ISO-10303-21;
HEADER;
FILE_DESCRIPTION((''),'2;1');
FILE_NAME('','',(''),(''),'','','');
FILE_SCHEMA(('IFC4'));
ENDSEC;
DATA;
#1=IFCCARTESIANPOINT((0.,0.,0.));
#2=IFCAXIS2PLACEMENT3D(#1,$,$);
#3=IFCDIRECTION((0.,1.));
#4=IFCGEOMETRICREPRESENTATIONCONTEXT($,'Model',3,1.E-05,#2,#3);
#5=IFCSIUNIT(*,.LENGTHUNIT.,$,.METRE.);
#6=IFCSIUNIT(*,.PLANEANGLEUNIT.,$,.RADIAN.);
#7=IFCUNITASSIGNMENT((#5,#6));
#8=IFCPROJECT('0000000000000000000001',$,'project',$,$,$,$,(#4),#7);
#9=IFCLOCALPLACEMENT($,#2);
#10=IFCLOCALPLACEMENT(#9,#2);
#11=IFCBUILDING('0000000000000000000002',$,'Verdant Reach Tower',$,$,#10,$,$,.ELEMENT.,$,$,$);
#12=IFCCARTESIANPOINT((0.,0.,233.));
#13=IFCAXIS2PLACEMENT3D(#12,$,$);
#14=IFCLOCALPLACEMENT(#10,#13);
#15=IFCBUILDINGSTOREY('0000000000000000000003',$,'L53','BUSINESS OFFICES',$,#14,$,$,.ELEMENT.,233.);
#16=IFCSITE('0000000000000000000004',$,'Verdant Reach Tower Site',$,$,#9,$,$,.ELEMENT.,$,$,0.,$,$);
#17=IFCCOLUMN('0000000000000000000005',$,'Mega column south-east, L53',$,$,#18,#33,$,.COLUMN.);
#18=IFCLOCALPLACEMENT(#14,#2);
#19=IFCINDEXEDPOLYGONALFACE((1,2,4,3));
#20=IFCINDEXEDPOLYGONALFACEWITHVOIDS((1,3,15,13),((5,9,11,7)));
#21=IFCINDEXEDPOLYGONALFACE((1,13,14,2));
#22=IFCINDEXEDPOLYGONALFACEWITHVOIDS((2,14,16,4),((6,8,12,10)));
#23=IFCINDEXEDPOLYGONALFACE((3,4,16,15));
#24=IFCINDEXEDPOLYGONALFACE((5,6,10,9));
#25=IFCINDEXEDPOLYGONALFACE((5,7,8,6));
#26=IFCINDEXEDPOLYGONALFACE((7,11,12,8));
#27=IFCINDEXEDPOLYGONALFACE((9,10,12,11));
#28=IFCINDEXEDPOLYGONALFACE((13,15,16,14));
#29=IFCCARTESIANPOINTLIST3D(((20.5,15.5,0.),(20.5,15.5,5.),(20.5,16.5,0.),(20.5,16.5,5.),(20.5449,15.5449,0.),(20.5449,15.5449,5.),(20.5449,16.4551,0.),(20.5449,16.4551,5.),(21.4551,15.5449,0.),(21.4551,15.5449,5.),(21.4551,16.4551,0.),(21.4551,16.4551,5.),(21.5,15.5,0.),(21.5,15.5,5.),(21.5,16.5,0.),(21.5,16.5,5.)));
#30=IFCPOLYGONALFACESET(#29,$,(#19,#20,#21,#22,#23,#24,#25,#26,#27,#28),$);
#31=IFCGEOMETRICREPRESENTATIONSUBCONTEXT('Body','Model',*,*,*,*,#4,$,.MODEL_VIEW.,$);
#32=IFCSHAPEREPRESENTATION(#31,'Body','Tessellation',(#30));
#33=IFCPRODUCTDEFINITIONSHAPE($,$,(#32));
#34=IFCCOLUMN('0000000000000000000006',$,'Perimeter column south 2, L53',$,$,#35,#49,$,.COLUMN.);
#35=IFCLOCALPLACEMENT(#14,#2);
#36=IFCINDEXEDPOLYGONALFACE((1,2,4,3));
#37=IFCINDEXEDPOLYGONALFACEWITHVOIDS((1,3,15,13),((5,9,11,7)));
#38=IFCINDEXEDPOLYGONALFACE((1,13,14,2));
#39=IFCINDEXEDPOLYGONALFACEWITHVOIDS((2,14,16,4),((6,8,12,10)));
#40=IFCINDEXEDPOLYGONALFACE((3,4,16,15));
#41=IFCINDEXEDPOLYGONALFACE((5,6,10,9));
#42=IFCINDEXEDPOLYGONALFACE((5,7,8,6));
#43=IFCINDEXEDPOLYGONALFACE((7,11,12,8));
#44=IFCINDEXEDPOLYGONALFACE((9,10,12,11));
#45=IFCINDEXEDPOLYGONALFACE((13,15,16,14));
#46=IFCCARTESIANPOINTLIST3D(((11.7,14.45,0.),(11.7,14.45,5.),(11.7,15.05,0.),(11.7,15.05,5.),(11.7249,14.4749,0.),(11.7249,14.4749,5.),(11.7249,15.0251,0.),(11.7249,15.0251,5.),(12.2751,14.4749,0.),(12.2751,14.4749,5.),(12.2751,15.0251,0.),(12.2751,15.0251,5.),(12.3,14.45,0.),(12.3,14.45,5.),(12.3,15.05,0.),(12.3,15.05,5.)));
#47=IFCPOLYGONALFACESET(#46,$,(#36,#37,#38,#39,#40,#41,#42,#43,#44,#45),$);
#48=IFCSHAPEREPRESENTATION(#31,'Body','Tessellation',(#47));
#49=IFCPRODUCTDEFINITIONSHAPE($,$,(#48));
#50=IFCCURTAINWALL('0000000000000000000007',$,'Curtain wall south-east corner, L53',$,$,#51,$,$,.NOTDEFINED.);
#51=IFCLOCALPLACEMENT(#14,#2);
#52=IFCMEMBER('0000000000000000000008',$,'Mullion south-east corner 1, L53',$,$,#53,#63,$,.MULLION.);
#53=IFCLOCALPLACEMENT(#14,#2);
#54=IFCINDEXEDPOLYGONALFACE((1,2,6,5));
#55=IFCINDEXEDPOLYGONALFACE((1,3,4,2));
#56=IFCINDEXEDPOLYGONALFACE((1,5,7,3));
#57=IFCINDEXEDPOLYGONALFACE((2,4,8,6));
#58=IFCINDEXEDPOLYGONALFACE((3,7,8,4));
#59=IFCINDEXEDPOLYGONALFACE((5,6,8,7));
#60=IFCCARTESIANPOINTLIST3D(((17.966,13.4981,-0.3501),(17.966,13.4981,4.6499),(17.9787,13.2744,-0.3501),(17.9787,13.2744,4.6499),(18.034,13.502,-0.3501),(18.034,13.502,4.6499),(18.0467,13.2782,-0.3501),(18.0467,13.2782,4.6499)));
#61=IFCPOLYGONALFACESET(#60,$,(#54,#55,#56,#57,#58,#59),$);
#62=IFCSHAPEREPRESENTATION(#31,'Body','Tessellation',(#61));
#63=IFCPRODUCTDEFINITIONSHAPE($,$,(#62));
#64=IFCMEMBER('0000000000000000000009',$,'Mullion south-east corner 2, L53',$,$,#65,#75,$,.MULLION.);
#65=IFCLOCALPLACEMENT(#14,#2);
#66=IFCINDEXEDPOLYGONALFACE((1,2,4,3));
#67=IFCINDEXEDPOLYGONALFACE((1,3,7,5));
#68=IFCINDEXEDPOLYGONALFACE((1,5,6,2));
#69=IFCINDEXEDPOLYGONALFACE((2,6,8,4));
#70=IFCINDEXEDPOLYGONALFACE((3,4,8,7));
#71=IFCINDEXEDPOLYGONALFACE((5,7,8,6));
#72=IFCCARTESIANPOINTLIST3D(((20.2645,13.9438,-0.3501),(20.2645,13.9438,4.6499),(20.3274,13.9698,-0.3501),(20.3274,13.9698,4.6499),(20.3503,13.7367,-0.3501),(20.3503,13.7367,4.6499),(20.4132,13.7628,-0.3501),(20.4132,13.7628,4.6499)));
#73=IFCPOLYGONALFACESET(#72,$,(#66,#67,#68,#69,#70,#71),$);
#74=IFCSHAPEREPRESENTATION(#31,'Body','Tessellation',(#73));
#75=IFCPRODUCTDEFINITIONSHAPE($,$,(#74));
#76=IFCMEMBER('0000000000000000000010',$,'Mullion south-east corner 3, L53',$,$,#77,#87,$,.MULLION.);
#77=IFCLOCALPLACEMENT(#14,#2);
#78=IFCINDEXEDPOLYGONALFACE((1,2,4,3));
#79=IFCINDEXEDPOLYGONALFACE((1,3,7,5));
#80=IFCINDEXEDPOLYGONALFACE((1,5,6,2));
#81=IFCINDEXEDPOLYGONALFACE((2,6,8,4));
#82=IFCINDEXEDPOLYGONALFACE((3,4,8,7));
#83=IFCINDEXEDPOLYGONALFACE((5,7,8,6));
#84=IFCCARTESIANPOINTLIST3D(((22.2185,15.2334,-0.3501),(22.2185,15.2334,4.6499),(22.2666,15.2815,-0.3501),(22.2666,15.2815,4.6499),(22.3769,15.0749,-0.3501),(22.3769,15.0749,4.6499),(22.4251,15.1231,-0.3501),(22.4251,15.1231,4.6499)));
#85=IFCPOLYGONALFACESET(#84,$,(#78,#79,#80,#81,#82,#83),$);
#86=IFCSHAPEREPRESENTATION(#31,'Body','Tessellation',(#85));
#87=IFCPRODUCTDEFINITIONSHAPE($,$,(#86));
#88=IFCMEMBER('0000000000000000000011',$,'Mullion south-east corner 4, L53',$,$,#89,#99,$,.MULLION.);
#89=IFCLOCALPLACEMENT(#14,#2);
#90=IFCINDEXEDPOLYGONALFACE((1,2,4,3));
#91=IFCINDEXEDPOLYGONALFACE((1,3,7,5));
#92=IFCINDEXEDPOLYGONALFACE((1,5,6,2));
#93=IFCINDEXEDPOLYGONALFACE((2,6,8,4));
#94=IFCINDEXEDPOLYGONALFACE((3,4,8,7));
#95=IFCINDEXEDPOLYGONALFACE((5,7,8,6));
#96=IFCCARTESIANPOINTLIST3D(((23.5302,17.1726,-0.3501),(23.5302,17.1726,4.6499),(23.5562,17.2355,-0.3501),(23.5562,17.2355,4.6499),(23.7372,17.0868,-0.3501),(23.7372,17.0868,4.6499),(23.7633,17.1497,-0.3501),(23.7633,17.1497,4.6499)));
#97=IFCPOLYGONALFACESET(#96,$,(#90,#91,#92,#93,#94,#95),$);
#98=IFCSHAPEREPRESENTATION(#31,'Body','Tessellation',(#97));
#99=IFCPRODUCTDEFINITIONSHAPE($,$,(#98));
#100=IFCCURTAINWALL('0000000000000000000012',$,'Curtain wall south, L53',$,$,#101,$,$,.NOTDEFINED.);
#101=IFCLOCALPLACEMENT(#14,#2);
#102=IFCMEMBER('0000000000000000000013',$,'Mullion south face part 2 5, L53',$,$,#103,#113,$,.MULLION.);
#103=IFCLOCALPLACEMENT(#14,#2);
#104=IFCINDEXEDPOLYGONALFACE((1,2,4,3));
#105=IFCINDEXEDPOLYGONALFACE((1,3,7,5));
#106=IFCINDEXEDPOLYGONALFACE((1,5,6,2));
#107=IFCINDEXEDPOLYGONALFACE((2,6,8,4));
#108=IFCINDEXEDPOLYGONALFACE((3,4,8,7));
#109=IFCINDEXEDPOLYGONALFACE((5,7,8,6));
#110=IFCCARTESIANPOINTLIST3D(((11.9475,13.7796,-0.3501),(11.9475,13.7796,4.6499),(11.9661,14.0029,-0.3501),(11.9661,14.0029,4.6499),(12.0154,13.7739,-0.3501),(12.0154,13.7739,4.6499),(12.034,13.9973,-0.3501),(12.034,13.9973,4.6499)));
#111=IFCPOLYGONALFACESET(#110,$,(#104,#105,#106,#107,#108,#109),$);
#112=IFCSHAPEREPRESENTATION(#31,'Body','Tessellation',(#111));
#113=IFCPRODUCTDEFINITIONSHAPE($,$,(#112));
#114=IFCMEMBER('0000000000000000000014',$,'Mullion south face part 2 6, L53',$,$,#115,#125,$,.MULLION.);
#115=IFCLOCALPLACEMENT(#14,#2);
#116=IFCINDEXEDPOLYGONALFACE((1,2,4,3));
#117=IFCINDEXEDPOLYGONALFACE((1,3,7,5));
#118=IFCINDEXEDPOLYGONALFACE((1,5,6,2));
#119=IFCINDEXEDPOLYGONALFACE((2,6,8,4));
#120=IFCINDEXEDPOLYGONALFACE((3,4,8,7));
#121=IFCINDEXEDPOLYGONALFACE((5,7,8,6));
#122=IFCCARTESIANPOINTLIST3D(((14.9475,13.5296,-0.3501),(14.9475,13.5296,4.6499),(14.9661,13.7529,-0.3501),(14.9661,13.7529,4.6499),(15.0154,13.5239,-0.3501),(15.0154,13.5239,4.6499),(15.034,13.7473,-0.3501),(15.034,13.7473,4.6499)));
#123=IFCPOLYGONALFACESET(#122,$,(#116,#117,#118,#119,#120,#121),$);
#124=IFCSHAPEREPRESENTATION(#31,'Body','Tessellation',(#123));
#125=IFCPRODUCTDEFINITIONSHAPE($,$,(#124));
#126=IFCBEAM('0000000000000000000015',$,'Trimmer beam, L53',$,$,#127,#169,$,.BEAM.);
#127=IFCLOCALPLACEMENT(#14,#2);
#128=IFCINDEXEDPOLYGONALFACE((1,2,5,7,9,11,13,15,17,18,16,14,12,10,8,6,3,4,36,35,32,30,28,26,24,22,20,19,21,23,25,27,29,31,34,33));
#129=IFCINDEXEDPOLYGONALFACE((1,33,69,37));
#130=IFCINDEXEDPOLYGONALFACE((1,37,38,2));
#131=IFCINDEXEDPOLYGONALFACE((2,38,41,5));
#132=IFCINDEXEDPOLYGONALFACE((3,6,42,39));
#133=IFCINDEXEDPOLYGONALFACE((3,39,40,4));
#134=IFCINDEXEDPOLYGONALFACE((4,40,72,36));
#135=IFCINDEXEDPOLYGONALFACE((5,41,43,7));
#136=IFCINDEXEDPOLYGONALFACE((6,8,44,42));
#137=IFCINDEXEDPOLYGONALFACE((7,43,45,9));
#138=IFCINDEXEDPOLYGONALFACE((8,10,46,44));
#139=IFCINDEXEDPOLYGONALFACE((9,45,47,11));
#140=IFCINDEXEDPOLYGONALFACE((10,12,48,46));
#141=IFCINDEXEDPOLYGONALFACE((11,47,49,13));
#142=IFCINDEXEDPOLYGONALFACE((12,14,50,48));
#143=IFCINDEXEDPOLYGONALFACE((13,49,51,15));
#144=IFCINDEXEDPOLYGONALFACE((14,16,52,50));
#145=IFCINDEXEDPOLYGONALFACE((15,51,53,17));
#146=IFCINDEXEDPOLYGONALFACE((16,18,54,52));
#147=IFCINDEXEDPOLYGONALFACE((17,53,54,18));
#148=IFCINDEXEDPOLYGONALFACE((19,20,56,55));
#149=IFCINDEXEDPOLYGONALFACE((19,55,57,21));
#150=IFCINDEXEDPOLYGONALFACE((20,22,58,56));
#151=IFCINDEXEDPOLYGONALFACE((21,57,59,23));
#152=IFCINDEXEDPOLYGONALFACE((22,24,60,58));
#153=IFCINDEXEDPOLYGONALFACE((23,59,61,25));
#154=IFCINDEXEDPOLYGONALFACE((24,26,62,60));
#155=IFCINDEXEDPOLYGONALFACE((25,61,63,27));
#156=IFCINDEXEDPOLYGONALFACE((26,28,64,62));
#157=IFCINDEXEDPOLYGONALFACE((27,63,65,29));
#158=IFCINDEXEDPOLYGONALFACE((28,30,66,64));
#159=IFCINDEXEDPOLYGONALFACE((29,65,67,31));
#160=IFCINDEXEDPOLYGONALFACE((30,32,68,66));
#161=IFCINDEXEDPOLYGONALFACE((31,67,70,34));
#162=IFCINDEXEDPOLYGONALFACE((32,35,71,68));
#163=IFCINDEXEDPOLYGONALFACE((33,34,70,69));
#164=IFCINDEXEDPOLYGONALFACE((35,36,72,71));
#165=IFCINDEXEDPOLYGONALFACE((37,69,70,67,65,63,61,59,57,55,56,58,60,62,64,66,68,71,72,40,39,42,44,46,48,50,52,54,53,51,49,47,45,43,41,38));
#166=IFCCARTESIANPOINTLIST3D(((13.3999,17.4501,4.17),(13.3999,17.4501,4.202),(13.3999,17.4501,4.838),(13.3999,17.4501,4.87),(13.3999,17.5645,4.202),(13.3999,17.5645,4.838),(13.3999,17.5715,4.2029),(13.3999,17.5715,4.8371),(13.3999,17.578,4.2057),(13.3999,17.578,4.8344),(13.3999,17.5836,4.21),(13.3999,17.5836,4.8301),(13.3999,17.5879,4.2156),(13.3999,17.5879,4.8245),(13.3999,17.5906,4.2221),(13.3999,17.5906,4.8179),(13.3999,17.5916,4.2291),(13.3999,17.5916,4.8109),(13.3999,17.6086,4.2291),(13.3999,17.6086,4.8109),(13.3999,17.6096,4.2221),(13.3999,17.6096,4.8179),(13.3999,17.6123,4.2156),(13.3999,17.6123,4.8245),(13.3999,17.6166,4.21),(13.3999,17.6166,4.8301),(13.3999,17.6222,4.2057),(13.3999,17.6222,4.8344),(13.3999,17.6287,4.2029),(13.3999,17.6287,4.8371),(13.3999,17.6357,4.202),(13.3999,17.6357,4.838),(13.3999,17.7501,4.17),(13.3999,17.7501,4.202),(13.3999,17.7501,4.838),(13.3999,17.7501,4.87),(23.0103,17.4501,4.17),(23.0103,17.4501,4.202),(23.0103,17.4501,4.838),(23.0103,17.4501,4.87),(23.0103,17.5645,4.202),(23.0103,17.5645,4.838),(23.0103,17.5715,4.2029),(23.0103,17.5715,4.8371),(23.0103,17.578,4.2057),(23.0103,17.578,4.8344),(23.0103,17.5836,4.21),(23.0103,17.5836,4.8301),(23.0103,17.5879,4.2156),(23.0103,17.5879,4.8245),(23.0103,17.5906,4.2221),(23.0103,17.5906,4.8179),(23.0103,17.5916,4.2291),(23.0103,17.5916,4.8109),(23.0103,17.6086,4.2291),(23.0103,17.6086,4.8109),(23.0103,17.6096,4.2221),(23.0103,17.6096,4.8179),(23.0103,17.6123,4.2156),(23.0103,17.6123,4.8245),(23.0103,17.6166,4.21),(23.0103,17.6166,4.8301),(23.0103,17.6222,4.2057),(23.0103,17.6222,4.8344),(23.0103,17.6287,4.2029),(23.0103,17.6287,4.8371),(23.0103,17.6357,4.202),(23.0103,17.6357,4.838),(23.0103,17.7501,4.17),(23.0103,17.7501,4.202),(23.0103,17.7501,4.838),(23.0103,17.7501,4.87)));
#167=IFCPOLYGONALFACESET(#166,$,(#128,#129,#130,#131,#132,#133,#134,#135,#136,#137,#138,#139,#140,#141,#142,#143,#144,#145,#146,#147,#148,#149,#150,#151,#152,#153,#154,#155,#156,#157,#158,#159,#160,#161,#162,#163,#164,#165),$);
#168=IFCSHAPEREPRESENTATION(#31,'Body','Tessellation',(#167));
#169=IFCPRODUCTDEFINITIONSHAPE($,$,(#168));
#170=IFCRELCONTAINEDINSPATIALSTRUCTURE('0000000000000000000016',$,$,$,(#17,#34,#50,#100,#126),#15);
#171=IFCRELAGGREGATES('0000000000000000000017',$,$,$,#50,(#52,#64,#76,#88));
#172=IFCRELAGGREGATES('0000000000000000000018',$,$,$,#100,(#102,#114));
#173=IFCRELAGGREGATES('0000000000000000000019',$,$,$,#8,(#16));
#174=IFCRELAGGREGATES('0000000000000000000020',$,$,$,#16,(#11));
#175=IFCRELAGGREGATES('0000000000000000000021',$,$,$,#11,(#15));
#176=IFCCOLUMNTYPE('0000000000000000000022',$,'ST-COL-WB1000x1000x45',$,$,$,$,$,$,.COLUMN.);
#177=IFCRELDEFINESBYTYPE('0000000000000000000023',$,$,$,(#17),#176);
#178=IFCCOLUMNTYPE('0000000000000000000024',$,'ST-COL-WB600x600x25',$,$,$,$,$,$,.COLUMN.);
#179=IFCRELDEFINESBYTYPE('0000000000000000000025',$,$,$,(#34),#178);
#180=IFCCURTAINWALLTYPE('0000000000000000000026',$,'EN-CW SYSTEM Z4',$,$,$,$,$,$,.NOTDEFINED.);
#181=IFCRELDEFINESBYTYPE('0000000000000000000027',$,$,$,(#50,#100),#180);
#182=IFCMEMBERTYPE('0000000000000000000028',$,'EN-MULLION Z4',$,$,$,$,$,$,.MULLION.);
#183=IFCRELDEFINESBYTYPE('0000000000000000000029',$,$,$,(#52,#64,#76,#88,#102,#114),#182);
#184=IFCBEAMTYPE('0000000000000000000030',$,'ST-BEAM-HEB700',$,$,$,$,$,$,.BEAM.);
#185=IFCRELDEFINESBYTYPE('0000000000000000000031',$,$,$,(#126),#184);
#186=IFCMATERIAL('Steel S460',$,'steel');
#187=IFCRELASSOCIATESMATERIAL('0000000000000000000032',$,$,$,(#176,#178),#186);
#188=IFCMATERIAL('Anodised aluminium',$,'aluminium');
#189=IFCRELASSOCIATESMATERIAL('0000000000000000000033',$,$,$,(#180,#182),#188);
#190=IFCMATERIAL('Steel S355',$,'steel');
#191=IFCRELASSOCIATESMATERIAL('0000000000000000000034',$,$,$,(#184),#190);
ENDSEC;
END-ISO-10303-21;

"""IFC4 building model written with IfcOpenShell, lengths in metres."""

from ifc_helpers import new_model, si_unit, direction, frame, origin, origin_2d, place, context, subcontext, project, spatial, rectangle, hollow_rectangle, i_section, extrude, material, material_profile, profile_set, type_object, element, aggregate, save


model = new_model("IFC4")

# Units and contexts
model_context = context("Model", 3, precision=1e-05, world=origin(), true_north=direction((0.0, 1.0)))
body_context = subcontext(model_context, "Body", "Model", "MODEL_VIEW")
ifc_project = project(units=[si_unit("LENGTHUNIT", "METRE"), si_unit("PLANEANGLEUNIT", "RADIAN")], contexts=[model_context])

# Site, building, storey
site_placement = place(None, origin())
site = spatial("IfcSite", under=ifc_project, at=site_placement, Name="Verdant Reach Tower Site", CompositionType="ELEMENT", RefElevation=0.0)
building_placement = place(site_placement, origin())
building = spatial("IfcBuilding", under=site, at=building_placement, Name="Verdant Reach Tower", CompositionType="ELEMENT")
storey_placement = place(building_placement, frame((0.0, 0.0, 233.0)))
storey = spatial("IfcBuildingStorey", under=building, at=storey_placement, Name="L53", Description="BUSINESS OFFICES", CompositionType="ELEMENT", Elevation=233.0)

# Columns
ifc_material_1 = material(Name="Steel S460", Category="steel")
ifc_material_profile_1 = material_profile(ifc_material_1, hollow_rectangle(XDim=1.0, YDim=1.0, WallThickness=0.0449, at=origin_2d()), Name="WB 1000x1000x45")
ifc_profile_set_1 = profile_set([ifc_material_profile_1], Name="Steel S460")
column_type_1 = type_object("IfcColumnType", Name="ST-COL-WB1000x1000x45", PredefinedType="COLUMN", material=ifc_profile_set_1)
column_1_placement = place(storey_placement, frame((21.0, 16.0, 0.0), z_axis=(0.0, 0.0, 1.0), x_axis=(1.0, 0.0, 0.0)))
element("IfcColumn", 1, at=column_1_placement, inside=storey, type_object=column_type_1, Name="Mega column south-east, L53", PredefinedType="COLUMN", context=body_context, shape_type="SweptSolid", body=[
    extrude(hollow_rectangle(XDim=1.0, YDim=1.0, WallThickness=0.0449, at=origin_2d()), origin(), (0.0, 0.0, 1.0), 5.0),
])
ifc_material_profile_2 = material_profile(ifc_material_1, hollow_rectangle(XDim=0.6001, YDim=0.6001, WallThickness=0.0249, at=origin_2d()), Name="WB 600x600x25")
ifc_profile_set_2 = profile_set([ifc_material_profile_2], Name="Steel S460")
column_type_2 = type_object("IfcColumnType", Name="ST-COL-WB600x600x25", PredefinedType="COLUMN", material=ifc_profile_set_2)
column_2_placement = place(storey_placement, frame((12.0, 14.75, 0.0), z_axis=(0.0, 0.0, 1.0), x_axis=(1.0, 0.0, 0.0)))
element("IfcColumn", 2, at=column_2_placement, inside=storey, type_object=column_type_2, Name="Perimeter column south 2, L53", PredefinedType="COLUMN", context=body_context, shape_type="SweptSolid", body=[
    extrude(hollow_rectangle(XDim=0.6001, YDim=0.6001, WallThickness=0.0249, at=origin_2d()), origin(), (0.0, 0.0, 1.0), 5.0),
])

# Curtain walls, members
ifc_material_2 = material(Name="Anodised aluminium", Category="aluminium")
curtain_wall_type = type_object("IfcCurtainWallType", Name="EN-CW SYSTEM Z4", PredefinedType="NOTDEFINED", material=ifc_material_2)
curtain_wall_1_placement = place(storey_placement, origin())
curtain_wall_1 = element("IfcCurtainWall", 3, at=curtain_wall_1_placement, inside=storey, type_object=curtain_wall_type, Name="Curtain wall south-east corner, L53", PredefinedType="NOTDEFINED")
ifc_material_profile_3 = material_profile(ifc_material_2, rectangle(XDim=0.2241, YDim=0.0681, at=origin_2d()), Name="Mullion 68x224")
ifc_profile_set_3 = profile_set([ifc_material_profile_3], Name="Anodised aluminium")
member_type = type_object("IfcMemberType", Name="EN-MULLION Z4", PredefinedType="MULLION", material=ifc_profile_set_3)
member_1_placement = place(storey_placement, frame((18.0063, 13.3882, -0.3501), z_axis=(0.0, 0.0, 1.0), x_axis=(0.056569, -0.998399, 0.0)))
member_1 = element("IfcMember", 4, at=member_1_placement, type_object=member_type, Name="Mullion south-east corner 1, L53", PredefinedType="MULLION", context=body_context, shape_type="SweptSolid", body=[
    extrude(rectangle(XDim=0.2241, YDim=0.0681, at=origin_2d()), origin(), (0.0, 0.0, 1.0), 5.0),
])
member_2_placement = place(storey_placement, frame((20.3389, 13.8533, -0.3501), z_axis=(0.0, 0.0, 1.0), x_axis=(0.382694, -0.923875, 0.0)))
member_2 = element("IfcMember", 5, at=member_2_placement, type_object=member_type, Name="Mullion south-east corner 2, L53", PredefinedType="MULLION", context=body_context, shape_type="SweptSolid", body=[
    extrude(rectangle(XDim=0.2241, YDim=0.0681, at=origin_2d()), origin(), (0.0, 0.0, 1.0), 5.0),
])
member_3_placement = place(storey_placement, frame((22.3218, 15.1782, -0.3501), z_axis=(0.0, 0.0, 1.0), x_axis=(0.707107, -0.707107, 0.0)))
member_3 = element("IfcMember", 6, at=member_3_placement, type_object=member_type, Name="Mullion south-east corner 3, L53", PredefinedType="MULLION", context=body_context, shape_type="SweptSolid", body=[
    extrude(rectangle(XDim=0.2241, YDim=0.0681, at=origin_2d()), origin(), (0.0, 0.0, 1.0), 5.0),
])
member_4_placement = place(storey_placement, frame((23.6467, 17.1611, -0.3501), z_axis=(0.0, 0.0, 1.0), x_axis=(0.923875, -0.382694, 0.0)))
member_4 = element("IfcMember", 7, at=member_4_placement, type_object=member_type, Name="Mullion south-east corner 4, L53", PredefinedType="MULLION", context=body_context, shape_type="SweptSolid", body=[
    extrude(rectangle(XDim=0.2241, YDim=0.0681, at=origin_2d()), origin(), (0.0, 0.0, 1.0), 5.0),
])
curtain_wall_2_placement = place(storey_placement, origin())
curtain_wall_2 = element("IfcCurtainWall", 8, at=curtain_wall_2_placement, inside=storey, type_object=curtain_wall_type, Name="Curtain wall south, L53", PredefinedType="NOTDEFINED")
member_5_placement = place(storey_placement, frame((11.9907, 13.8884, -0.3501), z_axis=(0.0, 0.0, 1.0), x_axis=(-0.083045, -0.996546, 0.0)))
member_5 = element("IfcMember", 9, at=member_5_placement, type_object=member_type, Name="Mullion south face part 2 5, L53", PredefinedType="MULLION", context=body_context, shape_type="SweptSolid", body=[
    extrude(rectangle(XDim=0.2241, YDim=0.0681, at=origin_2d()), origin(), (0.0, 0.0, 1.0), 5.0),
])
member_6_placement = place(storey_placement, frame((14.9907, 13.6384, -0.3501), z_axis=(0.0, 0.0, 1.0), x_axis=(-0.083045, -0.996546, 0.0)))
member_6 = element("IfcMember", 10, at=member_6_placement, type_object=member_type, Name="Mullion south face part 2 6, L53", PredefinedType="MULLION", context=body_context, shape_type="SweptSolid", body=[
    extrude(rectangle(XDim=0.2241, YDim=0.0681, at=origin_2d()), origin(), (0.0, 0.0, 1.0), 5.0),
])

# Beam
ifc_material_3 = material(Name="Steel S355", Category="steel")
ifc_material_profile_4 = material_profile(ifc_material_3, i_section(OverallWidth=0.3, OverallDepth=0.7, WebThickness=0.0171, FlangeThickness=0.032, FilletRadius=0.0271, at=origin_2d()), Name="HEB 700")
ifc_profile_set_4 = profile_set([ifc_material_profile_4], Name="Steel S355")
beam_type_1 = type_object("IfcBeamType", Name="ST-BEAM-HEB700", PredefinedType="BEAM", material=ifc_profile_set_4)
beam_1_placement = place(storey_placement, frame((13.3999, 17.6001, 4.52), z_axis=(1.0, 0.0, 0.0), x_axis=(0.0, 1.0, 0.0)))
element("IfcBeam", 11, at=beam_1_placement, inside=storey, type_object=beam_type_1, Name="Trimmer beam, L53", PredefinedType="BEAM", context=body_context, shape_type="SweptSolid", body=[
    extrude(i_section(OverallWidth=0.3, OverallDepth=0.7, WebThickness=0.0171, FlangeThickness=0.032, FilletRadius=0.0271, at=origin_2d()), origin(), (0.0, 0.0, 1.0), 9.6104),
])

aggregate(curtain_wall_1, [member_1, member_2, member_3, member_4])
aggregate(curtain_wall_2, [member_5, member_6])

save(model, "model.ifc")
